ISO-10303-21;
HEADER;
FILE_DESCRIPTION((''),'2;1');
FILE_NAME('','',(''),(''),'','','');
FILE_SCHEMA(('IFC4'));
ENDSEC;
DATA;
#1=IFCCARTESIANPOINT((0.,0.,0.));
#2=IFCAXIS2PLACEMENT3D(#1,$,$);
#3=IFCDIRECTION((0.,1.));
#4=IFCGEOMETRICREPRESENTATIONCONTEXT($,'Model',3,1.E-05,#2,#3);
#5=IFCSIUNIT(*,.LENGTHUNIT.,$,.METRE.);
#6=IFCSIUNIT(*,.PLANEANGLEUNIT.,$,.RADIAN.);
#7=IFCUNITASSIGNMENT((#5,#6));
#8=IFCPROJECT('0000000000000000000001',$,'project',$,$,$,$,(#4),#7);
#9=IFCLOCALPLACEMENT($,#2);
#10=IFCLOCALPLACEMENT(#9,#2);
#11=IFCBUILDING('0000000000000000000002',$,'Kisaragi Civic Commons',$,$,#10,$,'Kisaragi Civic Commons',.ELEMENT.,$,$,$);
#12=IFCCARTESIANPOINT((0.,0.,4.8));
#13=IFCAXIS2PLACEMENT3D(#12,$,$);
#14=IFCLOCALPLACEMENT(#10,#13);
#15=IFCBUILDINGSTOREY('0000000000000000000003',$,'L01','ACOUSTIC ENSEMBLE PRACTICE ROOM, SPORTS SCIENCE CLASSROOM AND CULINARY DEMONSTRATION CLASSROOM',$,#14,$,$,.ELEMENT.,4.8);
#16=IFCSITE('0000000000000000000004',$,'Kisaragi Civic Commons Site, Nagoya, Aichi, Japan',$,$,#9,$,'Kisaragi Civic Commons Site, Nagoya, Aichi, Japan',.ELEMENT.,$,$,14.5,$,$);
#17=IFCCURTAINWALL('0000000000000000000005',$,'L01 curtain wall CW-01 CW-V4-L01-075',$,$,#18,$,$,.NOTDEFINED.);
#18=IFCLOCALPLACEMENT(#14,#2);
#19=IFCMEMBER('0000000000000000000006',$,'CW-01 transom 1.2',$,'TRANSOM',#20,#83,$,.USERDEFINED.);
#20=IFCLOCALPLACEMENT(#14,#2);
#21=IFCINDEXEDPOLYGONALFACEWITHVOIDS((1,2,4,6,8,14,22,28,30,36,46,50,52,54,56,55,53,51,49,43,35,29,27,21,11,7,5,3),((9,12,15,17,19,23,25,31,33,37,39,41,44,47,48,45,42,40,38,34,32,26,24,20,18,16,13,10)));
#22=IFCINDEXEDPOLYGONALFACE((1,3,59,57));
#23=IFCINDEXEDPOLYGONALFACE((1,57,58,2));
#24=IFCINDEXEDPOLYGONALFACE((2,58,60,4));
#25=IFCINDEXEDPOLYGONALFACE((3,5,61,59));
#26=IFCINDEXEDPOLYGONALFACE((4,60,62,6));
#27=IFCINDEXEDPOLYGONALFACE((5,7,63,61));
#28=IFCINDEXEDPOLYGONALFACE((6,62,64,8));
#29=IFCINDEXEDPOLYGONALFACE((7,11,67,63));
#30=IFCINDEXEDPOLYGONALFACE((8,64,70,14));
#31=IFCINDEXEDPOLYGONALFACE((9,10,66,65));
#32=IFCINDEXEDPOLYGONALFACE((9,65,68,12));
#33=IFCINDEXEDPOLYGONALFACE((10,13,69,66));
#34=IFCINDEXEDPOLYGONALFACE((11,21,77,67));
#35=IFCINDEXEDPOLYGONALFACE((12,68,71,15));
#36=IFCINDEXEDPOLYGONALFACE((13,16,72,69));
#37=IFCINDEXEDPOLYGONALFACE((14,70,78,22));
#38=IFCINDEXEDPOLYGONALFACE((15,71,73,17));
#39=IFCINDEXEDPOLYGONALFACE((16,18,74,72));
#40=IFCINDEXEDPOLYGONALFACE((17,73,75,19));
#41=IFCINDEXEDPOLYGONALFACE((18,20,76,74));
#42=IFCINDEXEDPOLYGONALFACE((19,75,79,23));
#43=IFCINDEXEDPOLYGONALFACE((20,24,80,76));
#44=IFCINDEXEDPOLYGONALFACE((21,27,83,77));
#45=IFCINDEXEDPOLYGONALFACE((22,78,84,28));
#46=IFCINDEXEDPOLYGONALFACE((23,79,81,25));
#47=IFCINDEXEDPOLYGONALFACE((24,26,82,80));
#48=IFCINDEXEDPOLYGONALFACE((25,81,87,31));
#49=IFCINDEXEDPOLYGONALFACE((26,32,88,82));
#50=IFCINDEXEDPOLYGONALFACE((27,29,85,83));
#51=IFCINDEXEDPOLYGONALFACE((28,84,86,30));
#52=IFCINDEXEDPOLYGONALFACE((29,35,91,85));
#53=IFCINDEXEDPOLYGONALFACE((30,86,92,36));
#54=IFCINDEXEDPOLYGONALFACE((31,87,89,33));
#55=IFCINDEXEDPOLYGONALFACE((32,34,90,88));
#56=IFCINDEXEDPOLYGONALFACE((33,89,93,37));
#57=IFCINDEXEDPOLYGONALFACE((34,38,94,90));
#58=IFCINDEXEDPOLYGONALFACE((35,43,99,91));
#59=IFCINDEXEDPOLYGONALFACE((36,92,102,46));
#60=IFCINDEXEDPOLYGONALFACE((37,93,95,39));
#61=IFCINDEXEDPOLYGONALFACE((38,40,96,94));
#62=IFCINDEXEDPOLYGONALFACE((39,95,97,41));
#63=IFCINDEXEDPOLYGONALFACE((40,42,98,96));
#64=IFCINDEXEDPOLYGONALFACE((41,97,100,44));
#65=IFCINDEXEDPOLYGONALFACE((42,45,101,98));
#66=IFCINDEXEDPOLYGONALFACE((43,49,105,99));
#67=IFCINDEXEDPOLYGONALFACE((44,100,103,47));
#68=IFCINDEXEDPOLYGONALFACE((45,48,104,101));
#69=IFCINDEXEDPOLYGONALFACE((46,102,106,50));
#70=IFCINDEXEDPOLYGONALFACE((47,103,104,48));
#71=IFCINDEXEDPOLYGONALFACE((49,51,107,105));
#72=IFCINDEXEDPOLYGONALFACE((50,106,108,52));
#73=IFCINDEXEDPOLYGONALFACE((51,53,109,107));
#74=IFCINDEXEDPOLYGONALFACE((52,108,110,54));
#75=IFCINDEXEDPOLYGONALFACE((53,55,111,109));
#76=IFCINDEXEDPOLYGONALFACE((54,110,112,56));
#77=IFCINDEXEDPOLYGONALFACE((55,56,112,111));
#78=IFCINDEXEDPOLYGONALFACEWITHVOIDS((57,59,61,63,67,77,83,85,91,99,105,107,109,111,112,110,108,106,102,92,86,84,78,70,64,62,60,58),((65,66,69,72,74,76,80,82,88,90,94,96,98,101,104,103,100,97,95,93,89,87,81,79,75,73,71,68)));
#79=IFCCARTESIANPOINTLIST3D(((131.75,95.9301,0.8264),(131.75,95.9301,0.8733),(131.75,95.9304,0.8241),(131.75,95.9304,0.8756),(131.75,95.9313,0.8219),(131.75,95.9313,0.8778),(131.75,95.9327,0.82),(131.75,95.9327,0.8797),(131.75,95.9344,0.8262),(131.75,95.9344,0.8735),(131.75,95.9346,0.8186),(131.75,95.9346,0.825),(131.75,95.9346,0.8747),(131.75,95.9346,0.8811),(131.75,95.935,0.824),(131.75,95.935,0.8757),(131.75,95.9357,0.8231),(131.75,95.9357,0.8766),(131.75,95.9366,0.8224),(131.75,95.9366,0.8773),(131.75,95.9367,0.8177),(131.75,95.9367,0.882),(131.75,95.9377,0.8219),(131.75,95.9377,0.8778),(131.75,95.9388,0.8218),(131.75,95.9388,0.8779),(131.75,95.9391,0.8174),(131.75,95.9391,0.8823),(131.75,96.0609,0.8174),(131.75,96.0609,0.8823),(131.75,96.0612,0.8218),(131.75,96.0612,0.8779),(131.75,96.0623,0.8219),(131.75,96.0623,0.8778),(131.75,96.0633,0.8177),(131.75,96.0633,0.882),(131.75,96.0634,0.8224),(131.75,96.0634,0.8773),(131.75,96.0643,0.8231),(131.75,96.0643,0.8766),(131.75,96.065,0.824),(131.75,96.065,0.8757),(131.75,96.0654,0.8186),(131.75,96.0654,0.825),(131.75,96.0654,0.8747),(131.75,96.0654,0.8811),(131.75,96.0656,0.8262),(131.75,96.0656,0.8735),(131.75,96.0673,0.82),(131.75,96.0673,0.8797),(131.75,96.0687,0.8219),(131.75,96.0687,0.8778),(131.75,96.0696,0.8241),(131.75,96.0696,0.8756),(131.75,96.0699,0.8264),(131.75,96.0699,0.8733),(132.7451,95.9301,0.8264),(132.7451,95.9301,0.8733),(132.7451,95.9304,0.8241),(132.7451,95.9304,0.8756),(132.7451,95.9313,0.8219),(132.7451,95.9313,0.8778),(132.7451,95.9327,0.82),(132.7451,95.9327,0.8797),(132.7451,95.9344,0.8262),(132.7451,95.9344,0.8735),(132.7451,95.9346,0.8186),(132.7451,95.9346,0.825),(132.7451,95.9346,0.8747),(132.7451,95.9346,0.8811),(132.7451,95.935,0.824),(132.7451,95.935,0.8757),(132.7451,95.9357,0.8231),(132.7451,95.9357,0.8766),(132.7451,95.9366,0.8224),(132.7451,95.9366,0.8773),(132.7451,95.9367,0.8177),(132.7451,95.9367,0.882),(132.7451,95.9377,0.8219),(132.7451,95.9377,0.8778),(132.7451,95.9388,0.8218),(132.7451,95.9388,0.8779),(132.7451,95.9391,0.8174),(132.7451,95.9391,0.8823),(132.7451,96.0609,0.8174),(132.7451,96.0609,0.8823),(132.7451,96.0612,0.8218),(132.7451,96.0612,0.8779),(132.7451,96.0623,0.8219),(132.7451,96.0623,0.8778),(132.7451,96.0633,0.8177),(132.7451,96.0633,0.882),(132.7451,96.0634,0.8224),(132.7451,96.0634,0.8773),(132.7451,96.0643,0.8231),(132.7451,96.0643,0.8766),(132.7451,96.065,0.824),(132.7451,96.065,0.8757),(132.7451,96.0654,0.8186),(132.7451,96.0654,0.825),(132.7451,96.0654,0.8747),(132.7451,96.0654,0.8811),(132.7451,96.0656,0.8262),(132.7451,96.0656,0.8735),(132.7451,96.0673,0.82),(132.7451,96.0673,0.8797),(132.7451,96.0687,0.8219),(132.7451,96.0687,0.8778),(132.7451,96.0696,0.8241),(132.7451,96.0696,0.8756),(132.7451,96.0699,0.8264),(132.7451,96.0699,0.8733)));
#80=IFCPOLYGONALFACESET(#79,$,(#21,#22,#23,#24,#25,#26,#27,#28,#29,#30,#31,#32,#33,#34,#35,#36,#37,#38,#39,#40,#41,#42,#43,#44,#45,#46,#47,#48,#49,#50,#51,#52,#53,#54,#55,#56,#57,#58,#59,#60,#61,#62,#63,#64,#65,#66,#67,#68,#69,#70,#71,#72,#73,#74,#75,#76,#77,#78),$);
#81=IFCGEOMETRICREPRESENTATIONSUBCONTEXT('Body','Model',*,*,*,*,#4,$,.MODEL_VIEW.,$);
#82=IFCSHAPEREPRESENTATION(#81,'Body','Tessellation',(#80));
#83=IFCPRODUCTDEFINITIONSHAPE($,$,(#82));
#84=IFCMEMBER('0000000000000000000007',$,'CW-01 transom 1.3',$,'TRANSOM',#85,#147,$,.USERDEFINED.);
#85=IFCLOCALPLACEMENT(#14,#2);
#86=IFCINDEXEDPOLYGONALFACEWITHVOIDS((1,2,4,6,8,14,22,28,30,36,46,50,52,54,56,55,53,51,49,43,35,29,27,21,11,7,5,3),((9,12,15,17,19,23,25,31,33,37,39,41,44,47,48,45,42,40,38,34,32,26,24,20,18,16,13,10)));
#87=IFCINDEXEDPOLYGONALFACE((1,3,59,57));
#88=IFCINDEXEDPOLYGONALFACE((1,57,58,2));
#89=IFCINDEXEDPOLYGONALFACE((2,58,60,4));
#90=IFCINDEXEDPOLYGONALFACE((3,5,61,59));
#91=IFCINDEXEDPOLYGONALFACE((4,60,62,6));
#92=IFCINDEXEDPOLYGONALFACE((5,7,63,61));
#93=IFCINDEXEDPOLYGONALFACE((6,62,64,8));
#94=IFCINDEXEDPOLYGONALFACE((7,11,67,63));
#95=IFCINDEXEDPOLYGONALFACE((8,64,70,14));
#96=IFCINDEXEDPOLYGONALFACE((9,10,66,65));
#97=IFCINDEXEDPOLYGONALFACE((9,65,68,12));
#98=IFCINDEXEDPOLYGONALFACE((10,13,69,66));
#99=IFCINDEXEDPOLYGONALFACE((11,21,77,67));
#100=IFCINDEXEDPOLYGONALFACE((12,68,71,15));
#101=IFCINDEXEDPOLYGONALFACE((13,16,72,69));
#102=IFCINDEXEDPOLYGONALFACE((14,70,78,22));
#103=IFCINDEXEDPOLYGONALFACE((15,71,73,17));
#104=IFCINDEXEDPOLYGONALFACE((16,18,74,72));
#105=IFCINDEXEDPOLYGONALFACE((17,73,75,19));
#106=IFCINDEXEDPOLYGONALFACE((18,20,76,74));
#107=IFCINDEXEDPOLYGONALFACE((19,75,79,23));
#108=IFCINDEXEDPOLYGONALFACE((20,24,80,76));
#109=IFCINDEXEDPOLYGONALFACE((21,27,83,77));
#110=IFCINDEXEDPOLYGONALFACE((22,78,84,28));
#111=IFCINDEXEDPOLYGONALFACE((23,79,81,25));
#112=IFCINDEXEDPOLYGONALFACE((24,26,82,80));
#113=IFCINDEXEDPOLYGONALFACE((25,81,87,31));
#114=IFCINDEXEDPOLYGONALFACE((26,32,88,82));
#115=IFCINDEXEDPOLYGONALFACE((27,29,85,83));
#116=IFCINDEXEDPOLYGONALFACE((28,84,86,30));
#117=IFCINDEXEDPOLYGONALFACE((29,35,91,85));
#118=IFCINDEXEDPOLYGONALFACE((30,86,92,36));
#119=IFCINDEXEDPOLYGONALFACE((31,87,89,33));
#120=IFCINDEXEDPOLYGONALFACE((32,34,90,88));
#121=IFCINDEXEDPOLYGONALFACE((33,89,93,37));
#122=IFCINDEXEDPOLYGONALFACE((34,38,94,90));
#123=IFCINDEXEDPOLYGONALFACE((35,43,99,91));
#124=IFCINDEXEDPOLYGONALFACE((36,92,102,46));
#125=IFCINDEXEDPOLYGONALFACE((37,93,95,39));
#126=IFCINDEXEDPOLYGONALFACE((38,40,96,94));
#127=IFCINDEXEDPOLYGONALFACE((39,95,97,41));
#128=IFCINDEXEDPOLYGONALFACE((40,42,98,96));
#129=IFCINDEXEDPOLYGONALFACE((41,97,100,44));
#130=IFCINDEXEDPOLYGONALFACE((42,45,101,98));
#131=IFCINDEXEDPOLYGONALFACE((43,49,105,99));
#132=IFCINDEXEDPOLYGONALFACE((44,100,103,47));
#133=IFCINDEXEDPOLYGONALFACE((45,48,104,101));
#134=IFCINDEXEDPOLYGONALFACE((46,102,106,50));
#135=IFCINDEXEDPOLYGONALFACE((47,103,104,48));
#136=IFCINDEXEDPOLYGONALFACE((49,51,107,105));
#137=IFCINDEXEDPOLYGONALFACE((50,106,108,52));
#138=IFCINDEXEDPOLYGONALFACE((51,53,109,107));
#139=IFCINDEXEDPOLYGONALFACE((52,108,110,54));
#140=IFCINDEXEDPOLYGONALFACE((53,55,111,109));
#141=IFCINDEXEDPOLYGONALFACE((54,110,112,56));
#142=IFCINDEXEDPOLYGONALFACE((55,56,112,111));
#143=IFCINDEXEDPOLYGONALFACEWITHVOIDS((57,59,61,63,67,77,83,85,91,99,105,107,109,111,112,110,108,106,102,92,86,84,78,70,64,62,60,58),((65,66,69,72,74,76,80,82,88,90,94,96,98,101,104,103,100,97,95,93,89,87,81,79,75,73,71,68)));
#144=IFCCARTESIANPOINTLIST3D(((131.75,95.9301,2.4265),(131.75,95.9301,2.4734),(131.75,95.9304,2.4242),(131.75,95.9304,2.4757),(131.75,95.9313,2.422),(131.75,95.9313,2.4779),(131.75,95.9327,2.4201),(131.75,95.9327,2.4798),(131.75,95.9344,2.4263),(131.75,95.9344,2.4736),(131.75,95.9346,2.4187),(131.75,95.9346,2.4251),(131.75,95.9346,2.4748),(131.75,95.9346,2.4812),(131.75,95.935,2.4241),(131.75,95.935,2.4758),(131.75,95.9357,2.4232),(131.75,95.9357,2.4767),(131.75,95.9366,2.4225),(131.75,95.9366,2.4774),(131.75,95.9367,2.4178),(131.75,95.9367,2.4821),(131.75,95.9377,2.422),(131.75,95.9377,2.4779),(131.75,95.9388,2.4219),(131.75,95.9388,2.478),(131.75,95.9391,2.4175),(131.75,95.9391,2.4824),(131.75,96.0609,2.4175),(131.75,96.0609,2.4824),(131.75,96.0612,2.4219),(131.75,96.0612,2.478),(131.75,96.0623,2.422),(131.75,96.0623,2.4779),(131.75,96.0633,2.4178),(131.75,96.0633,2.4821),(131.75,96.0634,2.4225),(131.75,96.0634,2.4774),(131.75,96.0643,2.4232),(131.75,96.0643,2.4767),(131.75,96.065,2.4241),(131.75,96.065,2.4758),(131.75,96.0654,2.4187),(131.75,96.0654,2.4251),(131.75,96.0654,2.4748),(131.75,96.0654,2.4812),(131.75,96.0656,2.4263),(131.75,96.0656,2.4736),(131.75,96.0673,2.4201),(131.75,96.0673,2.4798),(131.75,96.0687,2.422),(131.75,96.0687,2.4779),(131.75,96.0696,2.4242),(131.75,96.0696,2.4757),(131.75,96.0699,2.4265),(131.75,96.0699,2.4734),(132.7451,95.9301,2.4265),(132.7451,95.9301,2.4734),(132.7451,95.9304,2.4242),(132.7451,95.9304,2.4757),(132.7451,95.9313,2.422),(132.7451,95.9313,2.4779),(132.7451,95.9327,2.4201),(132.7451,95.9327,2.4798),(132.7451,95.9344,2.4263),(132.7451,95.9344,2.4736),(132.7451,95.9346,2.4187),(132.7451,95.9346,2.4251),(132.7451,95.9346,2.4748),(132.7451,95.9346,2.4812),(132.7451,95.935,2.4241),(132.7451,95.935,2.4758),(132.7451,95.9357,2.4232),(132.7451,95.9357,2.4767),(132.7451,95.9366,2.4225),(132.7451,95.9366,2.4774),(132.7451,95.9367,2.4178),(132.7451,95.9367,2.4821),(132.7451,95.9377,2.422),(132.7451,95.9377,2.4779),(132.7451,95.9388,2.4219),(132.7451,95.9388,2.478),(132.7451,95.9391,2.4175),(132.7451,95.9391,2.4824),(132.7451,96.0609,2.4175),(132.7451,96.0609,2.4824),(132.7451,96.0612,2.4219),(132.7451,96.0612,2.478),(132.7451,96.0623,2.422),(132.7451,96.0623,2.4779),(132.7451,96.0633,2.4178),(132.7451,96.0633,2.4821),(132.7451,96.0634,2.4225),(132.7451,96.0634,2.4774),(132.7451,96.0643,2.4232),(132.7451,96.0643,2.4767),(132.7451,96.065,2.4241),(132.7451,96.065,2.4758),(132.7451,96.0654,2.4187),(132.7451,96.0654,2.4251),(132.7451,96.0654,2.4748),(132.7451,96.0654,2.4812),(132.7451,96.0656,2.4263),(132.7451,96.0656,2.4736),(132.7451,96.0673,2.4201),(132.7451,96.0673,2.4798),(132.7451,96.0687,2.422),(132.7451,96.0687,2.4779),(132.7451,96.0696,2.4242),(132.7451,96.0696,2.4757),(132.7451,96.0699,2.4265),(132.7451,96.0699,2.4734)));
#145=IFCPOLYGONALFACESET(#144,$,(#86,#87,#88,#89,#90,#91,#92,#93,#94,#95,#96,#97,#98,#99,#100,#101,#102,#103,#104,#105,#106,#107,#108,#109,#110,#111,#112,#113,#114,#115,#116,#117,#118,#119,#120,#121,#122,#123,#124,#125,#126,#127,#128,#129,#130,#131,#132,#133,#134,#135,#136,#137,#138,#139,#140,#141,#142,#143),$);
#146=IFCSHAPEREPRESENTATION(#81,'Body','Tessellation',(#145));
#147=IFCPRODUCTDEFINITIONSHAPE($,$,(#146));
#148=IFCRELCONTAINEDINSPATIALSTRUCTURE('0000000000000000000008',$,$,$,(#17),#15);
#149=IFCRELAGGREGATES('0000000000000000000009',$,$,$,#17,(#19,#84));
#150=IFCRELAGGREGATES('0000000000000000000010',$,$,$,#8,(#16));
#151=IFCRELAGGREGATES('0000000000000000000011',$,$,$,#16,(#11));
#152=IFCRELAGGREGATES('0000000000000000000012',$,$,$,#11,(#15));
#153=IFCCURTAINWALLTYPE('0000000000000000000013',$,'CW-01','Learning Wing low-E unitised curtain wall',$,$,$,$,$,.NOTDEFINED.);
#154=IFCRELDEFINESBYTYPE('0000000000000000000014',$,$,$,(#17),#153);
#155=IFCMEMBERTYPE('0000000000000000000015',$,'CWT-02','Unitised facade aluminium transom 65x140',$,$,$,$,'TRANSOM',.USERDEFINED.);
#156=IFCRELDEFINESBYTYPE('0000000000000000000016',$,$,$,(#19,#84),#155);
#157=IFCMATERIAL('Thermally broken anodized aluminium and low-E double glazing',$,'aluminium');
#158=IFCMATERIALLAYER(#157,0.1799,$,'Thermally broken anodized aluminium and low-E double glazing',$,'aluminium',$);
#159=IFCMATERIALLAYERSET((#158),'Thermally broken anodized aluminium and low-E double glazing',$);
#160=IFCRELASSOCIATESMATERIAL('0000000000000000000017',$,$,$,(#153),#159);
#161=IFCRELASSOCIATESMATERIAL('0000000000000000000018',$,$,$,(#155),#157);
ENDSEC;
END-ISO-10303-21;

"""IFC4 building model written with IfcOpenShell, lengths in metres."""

from ifc_helpers import new_model, si_unit, direction, frame, origin, origin_2d, place, context, subcontext, project, spatial, hollow_rectangle, extrude, material, layer, layer_set, material_profile, profile_set, type_object, element, aggregate, save


model = new_model("IFC4")

# Units and contexts
model_context = context("Model", 3, precision=1e-05, world=origin(), true_north=direction((0.0, 1.0)))
body_context = subcontext(model_context, "Body", "Model", "MODEL_VIEW")
ifc_project = project(units=[si_unit("LENGTHUNIT", "METRE"), si_unit("PLANEANGLEUNIT", "RADIAN")], contexts=[model_context])

# Site, building, storey
site_placement = place(None, origin())
site = spatial("IfcSite", under=ifc_project, at=site_placement, Name="Kisaragi Civic Commons Site, Nagoya, Aichi, Japan", LongName="Kisaragi Civic Commons Site, Nagoya, Aichi, Japan", CompositionType="ELEMENT", RefElevation=14.5)
building_placement = place(site_placement, origin())
building = spatial("IfcBuilding", under=site, at=building_placement, Name="Kisaragi Civic Commons", LongName="Kisaragi Civic Commons", CompositionType="ELEMENT")
storey_placement = place(building_placement, frame((0.0, 0.0, 4.8)))
storey = spatial("IfcBuildingStorey", under=building, at=storey_placement, Name="L01", Description="ACOUSTIC ENSEMBLE PRACTICE ROOM, SPORTS SCIENCE CLASSROOM AND CULINARY DEMONSTRATION CLASSROOM", CompositionType="ELEMENT", Elevation=4.8)

# Shared definitions
ifc_material_1 = material(Name="Thermally broken anodized aluminium and low-E double glazing", Category="aluminium")
ifc_layer_1 = layer(ifc_material_1, 0.1799, Name="Thermally broken anodized aluminium and low-E double glazing", Category="aluminium")
ifc_layer_set_1 = layer_set([ifc_layer_1], Name="Thermally broken anodized aluminium and low-E double glazing")
curtain_wall_type = type_object("IfcCurtainWallType", Name="CW-01", Description="Learning Wing low-E unitised curtain wall", PredefinedType="NOTDEFINED", material=ifc_layer_set_1)

# Curtain wall
curtain_wall_1_placement = place(storey_placement, origin())
curtain_wall_1 = element("IfcCurtainWall", 1, at=curtain_wall_1_placement, inside=storey, type_object=curtain_wall_type, Name="L01 curtain wall CW-01 CW-V4-L01-075", PredefinedType="NOTDEFINED")

# Members
ifc_material_profile_1 = material_profile(ifc_material_1, hollow_rectangle(XDim=0.1399, YDim=0.0649, WallThickness=0.0044, InnerFilletRadius=0.0044, OuterFilletRadius=0.009, at=origin_2d()), Name="CWT-65x140x4.5", Category="aluminium")
ifc_profile_set_1 = profile_set([ifc_material_profile_1], Name="Thermally broken anodized aluminium and low-E double glazing")
member_type_1 = type_object("IfcMemberType", Name="CWT-02", Description="Unitised facade aluminium transom 65x140", ElementType="TRANSOM", PredefinedType="USERDEFINED", material=ifc_profile_set_1)
member_1_placement = place(storey_placement, frame((132.7451, 96.0, 0.8499), z_axis=(-1.0, 0.0, 0.0), x_axis=(0.0, -1.0, 0.0)))
member_1 = element("IfcMember", 2, at=member_1_placement, type_object=member_type_1, Name="CW-01 transom 1.2", ObjectType="TRANSOM", PredefinedType="USERDEFINED", context=body_context, shape_type="SweptSolid", body=[
    extrude(hollow_rectangle(XDim=0.1399, YDim=0.0649, WallThickness=0.0044, InnerFilletRadius=0.0044, OuterFilletRadius=0.009, at=origin_2d()), origin(), (0.0, 0.0, 1.0), 0.9951),
])
member_2_placement = place(storey_placement, frame((132.7451, 96.0, 2.45), z_axis=(-1.0, 0.0, 0.0), x_axis=(0.0, -1.0, 0.0)))
member_2 = element("IfcMember", 3, at=member_2_placement, type_object=member_type_1, Name="CW-01 transom 1.3", ObjectType="TRANSOM", PredefinedType="USERDEFINED", context=body_context, shape_type="SweptSolid", body=[
    extrude(hollow_rectangle(XDim=0.1399, YDim=0.0649, WallThickness=0.0044, InnerFilletRadius=0.0044, OuterFilletRadius=0.009, at=origin_2d()), origin(), (0.0, 0.0, 1.0), 0.9951),
])

aggregate(curtain_wall_1, [member_1, member_2])

save(model, "model.ifc")
